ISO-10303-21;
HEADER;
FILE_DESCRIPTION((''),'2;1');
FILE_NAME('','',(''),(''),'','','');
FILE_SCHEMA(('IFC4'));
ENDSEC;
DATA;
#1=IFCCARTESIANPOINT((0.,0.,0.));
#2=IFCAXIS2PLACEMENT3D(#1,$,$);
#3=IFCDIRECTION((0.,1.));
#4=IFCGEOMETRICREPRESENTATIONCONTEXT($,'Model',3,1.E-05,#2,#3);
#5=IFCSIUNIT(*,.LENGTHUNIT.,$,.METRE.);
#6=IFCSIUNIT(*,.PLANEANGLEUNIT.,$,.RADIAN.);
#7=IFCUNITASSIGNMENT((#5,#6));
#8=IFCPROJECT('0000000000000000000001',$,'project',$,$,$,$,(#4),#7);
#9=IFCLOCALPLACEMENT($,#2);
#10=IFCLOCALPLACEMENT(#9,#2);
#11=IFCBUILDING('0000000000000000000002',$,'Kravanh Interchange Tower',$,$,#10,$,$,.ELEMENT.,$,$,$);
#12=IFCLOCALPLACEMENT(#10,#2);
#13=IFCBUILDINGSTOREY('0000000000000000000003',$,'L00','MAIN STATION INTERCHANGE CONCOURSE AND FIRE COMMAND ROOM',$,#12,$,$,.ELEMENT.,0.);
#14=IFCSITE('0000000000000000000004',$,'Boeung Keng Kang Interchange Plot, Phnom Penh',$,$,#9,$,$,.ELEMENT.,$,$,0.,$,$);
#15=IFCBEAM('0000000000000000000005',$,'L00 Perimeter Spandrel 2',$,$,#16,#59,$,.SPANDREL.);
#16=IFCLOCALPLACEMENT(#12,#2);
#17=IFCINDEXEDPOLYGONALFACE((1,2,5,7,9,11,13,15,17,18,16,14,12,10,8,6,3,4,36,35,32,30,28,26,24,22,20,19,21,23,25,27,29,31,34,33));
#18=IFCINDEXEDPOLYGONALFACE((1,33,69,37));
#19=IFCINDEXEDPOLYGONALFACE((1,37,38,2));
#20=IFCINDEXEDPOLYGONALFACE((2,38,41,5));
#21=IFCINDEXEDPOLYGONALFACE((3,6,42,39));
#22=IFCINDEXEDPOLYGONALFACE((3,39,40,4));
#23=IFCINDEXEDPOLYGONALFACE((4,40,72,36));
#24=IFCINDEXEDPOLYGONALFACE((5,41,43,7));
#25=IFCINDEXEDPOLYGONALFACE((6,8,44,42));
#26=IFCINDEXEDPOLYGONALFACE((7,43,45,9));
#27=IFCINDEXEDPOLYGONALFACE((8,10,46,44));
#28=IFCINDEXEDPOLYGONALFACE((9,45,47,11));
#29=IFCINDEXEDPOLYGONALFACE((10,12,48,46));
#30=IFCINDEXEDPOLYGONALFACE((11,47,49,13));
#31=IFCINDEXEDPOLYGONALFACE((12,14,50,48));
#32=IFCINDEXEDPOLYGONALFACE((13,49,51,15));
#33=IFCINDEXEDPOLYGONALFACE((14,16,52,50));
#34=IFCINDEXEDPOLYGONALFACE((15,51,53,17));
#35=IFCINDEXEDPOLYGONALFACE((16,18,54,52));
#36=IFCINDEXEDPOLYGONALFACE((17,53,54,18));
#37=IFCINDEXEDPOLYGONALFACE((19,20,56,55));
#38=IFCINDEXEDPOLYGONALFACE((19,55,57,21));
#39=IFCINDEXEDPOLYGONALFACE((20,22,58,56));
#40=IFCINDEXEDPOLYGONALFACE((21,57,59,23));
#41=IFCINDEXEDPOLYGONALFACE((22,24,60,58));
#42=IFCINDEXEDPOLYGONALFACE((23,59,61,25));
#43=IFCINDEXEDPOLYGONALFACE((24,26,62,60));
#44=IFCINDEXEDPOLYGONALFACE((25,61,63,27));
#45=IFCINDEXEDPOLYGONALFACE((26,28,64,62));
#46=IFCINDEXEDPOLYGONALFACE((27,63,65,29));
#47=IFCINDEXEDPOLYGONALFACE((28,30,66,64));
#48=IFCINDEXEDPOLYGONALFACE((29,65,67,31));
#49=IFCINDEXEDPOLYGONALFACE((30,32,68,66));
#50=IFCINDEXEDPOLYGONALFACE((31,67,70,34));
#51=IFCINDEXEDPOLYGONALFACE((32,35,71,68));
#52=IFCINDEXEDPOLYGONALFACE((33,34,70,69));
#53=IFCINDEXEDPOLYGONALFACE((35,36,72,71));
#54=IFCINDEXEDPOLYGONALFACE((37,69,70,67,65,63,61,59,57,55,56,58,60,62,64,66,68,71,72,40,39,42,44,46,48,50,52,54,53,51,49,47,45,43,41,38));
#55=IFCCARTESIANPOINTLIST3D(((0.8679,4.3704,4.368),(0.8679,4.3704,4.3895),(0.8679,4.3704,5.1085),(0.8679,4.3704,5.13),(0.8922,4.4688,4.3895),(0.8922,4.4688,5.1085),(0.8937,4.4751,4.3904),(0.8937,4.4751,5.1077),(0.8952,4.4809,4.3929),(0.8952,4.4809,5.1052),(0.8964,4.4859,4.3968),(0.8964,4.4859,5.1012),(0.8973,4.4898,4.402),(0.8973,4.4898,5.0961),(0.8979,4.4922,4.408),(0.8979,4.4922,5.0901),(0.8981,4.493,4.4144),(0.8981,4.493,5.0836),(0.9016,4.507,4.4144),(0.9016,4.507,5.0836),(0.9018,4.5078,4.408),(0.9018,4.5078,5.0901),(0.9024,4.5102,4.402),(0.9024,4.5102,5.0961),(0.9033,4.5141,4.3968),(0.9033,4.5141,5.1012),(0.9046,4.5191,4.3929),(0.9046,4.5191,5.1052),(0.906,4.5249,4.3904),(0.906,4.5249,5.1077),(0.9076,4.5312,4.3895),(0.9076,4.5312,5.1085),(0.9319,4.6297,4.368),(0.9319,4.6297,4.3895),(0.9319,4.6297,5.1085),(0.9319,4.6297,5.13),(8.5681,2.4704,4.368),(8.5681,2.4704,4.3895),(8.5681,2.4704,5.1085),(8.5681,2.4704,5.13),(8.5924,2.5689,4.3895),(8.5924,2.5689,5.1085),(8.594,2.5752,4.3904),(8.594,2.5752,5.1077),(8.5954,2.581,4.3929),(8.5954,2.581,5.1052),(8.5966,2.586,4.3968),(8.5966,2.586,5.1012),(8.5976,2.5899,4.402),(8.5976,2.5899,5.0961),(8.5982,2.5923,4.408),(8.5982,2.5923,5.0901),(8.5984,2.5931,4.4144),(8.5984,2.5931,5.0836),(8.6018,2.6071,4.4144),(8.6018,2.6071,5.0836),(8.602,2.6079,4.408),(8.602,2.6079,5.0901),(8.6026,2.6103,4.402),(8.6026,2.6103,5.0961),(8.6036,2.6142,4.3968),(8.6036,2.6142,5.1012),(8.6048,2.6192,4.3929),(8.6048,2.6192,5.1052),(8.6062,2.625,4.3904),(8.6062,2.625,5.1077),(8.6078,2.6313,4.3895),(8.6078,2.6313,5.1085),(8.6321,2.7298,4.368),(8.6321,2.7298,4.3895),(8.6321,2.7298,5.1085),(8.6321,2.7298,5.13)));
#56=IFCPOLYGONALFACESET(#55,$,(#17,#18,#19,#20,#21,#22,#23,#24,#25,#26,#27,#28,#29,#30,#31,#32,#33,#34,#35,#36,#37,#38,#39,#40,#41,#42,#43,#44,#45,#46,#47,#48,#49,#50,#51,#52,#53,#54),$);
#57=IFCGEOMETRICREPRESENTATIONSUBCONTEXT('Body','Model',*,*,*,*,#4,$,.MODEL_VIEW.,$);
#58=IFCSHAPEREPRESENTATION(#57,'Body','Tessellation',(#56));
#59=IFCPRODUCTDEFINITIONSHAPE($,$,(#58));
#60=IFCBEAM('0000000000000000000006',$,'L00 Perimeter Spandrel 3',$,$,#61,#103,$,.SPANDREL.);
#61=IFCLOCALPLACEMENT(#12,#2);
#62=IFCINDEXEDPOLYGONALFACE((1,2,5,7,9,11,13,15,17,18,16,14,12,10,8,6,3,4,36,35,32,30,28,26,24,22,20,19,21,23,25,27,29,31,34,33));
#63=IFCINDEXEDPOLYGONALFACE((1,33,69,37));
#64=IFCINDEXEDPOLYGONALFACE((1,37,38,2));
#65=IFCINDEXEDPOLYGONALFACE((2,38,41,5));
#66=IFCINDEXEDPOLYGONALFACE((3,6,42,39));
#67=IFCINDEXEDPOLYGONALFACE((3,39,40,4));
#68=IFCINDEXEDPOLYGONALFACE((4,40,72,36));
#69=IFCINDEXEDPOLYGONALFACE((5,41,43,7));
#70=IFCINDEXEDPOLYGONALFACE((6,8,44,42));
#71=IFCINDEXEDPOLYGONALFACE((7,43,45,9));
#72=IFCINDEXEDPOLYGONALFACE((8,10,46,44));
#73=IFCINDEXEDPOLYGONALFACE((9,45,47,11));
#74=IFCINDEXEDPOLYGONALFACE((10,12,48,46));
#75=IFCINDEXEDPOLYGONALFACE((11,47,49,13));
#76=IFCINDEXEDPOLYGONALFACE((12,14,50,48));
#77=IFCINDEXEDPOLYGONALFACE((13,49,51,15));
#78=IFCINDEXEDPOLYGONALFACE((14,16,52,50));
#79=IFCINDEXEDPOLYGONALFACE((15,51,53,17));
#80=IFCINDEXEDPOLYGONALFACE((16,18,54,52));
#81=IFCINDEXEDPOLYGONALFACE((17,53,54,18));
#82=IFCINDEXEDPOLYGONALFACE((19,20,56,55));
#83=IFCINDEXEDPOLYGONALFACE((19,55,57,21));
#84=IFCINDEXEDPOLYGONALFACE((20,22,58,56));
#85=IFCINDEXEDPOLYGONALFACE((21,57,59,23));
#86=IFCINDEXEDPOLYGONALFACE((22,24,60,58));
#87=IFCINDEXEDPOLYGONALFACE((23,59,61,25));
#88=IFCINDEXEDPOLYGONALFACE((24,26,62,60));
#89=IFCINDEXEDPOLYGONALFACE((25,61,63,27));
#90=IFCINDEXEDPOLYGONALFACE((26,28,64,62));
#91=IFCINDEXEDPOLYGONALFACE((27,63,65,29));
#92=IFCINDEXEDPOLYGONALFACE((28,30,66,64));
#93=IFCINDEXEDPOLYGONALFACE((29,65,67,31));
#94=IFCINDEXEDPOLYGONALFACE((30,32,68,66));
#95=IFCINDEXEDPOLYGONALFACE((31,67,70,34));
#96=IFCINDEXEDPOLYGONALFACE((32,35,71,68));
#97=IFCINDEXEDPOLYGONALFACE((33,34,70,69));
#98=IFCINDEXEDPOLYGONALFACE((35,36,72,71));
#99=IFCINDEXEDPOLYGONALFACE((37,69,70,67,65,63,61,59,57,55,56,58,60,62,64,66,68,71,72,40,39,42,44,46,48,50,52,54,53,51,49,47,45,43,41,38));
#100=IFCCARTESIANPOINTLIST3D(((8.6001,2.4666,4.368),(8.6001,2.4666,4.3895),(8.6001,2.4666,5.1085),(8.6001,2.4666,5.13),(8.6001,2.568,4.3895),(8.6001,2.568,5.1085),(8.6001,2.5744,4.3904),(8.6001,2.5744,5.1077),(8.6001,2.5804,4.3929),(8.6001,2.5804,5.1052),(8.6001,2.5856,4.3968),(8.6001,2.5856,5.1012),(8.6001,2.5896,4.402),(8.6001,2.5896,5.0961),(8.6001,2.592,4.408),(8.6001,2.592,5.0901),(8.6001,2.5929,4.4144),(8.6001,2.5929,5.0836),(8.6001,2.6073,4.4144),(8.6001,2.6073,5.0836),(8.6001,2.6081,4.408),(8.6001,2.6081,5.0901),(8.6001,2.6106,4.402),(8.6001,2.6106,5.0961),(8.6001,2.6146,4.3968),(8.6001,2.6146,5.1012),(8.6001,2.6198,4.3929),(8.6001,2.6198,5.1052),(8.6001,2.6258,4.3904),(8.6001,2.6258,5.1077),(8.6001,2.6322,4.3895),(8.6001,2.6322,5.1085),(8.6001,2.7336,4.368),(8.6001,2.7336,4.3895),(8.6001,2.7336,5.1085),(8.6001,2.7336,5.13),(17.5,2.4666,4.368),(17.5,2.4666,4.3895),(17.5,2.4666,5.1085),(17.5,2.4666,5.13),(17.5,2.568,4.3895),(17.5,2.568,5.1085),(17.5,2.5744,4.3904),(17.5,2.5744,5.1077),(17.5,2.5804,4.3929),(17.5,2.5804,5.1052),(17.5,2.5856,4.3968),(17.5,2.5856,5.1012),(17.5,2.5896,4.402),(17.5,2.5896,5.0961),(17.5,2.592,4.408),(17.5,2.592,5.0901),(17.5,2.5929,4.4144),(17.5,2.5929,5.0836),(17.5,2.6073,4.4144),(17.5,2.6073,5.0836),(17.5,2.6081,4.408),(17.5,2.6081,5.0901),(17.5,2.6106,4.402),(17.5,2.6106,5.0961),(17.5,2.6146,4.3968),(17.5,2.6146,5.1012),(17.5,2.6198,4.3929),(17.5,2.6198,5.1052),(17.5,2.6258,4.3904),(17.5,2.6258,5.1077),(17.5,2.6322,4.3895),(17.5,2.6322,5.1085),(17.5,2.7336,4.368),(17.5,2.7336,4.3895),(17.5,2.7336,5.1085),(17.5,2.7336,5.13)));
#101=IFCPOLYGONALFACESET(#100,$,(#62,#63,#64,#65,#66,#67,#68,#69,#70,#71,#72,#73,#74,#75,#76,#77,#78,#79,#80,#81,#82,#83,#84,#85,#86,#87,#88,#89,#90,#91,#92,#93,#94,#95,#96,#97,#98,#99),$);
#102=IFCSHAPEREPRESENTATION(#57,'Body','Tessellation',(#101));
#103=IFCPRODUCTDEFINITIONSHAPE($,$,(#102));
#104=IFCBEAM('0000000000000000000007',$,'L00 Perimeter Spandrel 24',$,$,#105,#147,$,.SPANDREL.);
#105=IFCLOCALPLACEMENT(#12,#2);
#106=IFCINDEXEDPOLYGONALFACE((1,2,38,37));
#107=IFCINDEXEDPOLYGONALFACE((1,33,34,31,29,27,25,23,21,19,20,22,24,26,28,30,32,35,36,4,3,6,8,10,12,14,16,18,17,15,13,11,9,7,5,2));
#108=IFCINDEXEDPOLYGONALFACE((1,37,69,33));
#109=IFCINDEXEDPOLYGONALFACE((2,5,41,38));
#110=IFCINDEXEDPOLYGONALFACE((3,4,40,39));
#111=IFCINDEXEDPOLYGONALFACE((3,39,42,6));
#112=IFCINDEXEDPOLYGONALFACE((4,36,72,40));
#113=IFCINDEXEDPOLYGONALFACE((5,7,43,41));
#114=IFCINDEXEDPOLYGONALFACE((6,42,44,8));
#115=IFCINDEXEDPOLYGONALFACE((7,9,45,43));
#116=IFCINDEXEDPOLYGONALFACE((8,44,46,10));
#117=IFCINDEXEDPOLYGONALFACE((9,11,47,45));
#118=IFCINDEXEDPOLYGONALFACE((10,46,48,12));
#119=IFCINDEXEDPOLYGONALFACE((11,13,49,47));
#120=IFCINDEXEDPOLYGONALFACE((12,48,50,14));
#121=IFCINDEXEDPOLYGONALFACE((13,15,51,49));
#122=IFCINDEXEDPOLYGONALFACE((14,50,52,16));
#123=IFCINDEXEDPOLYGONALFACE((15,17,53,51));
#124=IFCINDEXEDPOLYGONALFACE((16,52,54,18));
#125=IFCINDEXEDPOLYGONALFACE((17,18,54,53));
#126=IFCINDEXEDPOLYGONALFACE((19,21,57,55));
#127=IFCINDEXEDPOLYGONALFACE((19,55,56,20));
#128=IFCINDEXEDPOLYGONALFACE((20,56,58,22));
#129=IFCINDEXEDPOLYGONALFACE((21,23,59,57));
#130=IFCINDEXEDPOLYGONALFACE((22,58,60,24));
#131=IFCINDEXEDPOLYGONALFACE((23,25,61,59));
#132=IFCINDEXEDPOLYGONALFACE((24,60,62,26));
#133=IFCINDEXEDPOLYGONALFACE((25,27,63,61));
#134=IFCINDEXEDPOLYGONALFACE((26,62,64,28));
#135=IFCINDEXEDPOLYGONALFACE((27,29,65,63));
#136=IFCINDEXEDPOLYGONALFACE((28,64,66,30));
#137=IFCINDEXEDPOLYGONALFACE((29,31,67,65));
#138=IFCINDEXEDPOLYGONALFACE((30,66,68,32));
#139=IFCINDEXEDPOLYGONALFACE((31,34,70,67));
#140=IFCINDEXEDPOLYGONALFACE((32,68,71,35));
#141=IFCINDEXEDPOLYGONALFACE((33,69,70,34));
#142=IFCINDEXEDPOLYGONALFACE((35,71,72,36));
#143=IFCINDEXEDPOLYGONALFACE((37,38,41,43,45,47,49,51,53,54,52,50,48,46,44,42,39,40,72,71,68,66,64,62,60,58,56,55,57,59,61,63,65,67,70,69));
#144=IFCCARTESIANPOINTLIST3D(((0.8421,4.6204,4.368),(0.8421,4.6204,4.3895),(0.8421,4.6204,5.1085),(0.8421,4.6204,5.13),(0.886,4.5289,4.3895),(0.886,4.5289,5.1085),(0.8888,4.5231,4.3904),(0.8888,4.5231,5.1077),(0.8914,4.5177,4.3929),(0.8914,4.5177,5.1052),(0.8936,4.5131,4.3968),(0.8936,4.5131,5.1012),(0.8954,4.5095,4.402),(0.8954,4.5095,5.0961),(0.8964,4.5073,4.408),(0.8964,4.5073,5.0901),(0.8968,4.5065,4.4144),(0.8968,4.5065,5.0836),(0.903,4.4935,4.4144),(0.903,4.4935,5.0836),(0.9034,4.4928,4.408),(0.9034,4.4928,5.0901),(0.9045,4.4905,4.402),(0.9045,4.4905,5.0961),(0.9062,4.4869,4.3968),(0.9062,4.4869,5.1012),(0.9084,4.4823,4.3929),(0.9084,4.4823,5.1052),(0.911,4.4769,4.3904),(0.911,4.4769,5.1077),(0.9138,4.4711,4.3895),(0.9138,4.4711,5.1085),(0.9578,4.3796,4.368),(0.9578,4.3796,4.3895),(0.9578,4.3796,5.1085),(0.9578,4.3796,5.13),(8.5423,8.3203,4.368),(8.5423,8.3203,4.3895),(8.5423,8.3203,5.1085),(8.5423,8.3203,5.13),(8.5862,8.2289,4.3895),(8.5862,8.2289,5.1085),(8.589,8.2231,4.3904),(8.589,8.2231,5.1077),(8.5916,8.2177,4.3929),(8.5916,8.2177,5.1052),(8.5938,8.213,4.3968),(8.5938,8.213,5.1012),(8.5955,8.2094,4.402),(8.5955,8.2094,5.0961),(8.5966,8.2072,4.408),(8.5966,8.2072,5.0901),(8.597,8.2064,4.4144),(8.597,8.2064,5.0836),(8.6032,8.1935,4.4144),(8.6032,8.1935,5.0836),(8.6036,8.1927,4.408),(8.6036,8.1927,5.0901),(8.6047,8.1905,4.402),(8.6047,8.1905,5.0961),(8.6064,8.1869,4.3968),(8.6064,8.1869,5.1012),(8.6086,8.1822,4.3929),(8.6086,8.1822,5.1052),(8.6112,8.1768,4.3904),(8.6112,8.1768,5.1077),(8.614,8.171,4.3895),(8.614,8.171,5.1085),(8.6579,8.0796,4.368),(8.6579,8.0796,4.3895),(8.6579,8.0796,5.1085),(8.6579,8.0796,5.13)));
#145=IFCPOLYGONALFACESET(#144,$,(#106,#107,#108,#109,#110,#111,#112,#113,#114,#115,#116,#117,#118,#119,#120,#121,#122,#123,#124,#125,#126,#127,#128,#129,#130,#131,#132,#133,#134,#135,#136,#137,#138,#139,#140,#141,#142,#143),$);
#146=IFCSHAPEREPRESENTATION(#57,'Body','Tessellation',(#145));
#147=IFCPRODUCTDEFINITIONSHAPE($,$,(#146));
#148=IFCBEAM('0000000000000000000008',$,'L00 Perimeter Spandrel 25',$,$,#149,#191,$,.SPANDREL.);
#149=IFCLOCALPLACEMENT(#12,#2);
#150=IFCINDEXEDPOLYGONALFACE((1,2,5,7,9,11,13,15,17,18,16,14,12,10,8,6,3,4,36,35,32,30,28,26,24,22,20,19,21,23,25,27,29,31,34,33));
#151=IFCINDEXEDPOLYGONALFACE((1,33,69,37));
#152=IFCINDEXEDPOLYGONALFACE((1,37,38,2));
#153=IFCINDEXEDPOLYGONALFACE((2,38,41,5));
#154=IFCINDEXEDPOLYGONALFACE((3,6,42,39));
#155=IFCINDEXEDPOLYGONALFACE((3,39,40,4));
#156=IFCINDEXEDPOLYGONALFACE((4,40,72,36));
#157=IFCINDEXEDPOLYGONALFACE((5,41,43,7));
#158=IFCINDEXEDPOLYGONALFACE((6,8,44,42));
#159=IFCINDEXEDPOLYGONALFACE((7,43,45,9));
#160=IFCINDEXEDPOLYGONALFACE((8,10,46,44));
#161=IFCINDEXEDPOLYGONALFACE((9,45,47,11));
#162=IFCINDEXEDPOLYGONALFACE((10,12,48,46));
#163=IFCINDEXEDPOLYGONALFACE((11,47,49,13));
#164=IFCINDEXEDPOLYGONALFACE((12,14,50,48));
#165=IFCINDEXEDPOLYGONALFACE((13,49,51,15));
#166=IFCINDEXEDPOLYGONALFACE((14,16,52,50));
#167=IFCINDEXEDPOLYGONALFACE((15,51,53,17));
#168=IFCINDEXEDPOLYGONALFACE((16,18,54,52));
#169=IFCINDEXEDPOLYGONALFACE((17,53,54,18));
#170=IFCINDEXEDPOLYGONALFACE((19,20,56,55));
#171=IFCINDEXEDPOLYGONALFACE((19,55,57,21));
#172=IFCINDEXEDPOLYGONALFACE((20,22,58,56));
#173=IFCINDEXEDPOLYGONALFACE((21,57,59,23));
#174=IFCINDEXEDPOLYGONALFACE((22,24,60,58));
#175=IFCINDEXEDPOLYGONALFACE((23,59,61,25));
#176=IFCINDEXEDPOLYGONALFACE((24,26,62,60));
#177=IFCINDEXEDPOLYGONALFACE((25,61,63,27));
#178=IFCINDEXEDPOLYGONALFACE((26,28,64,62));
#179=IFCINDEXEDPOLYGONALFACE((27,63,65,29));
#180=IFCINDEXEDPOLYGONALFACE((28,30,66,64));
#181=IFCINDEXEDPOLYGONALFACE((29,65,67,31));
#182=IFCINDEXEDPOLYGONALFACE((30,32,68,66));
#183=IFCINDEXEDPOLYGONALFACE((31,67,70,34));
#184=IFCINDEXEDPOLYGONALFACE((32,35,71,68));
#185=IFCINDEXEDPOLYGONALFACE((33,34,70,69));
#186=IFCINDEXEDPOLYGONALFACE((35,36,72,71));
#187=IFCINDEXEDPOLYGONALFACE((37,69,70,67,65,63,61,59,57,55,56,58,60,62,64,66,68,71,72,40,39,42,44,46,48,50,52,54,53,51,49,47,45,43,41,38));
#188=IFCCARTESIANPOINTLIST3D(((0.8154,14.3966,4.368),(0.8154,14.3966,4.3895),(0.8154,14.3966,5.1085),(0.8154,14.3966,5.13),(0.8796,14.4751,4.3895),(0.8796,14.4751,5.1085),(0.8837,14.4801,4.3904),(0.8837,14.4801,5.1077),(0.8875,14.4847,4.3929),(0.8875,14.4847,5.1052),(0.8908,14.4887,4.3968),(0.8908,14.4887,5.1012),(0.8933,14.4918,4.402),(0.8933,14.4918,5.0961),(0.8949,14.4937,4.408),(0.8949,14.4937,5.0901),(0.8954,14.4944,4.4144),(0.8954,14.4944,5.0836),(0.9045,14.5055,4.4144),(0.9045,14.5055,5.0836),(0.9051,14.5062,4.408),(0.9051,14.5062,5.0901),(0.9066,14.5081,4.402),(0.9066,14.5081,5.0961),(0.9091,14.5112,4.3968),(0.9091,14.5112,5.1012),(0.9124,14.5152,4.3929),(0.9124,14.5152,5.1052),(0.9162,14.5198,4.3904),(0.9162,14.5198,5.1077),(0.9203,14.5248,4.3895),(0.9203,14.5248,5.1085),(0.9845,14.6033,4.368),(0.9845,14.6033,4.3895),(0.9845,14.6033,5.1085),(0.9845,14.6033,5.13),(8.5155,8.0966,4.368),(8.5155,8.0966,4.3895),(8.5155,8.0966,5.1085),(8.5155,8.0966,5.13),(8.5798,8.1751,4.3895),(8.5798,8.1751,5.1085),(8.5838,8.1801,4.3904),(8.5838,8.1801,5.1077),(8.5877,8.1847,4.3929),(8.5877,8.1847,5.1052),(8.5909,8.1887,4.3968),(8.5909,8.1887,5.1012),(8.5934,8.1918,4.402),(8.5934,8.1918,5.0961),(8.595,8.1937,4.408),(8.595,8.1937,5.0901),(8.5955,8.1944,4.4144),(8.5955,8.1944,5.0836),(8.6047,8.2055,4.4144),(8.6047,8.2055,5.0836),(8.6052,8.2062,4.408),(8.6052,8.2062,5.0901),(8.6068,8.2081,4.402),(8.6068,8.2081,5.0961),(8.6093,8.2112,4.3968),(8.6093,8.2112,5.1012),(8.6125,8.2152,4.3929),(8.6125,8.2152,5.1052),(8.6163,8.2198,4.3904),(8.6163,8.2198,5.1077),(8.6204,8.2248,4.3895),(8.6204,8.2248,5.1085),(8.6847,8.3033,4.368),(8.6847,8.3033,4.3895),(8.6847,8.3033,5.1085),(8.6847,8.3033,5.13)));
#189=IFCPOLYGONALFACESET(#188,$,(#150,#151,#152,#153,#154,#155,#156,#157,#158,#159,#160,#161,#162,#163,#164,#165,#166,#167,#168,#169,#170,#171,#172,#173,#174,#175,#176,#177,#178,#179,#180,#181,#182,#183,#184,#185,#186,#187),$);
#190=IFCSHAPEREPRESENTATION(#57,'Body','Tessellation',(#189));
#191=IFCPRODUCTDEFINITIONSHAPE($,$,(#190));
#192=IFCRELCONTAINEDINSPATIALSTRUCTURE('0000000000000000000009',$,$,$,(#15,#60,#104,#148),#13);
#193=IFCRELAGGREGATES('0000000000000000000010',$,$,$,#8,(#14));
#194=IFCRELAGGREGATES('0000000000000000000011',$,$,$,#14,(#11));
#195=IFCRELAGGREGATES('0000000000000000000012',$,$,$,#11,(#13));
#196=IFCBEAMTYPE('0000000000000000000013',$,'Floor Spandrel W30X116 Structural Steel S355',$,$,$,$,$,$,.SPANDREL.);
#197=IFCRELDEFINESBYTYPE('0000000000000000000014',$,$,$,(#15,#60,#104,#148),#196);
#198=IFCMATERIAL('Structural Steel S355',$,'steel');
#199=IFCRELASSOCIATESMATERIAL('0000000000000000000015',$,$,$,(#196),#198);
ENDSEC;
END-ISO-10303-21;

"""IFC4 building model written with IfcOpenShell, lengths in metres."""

from ifc_helpers import new_model, si_unit, direction, frame, origin, origin_2d, place, context, subcontext, project, spatial, i_section, extrude, material, material_profile, profile_set, type_object, element, save


model = new_model("IFC4")

# Units and contexts
model_context = context("Model", 3, precision=1e-05, world=origin(), true_north=direction((0.0, 1.0)))
body_context = subcontext(model_context, "Body", "Model", "MODEL_VIEW")
ifc_project = project(units=[si_unit("LENGTHUNIT", "METRE"), si_unit("PLANEANGLEUNIT", "RADIAN")], contexts=[model_context])

# Site, building, storey
site_placement = place(None, origin())
site = spatial("IfcSite", under=ifc_project, at=site_placement, Name="Boeung Keng Kang Interchange Plot, Phnom Penh", CompositionType="ELEMENT", RefElevation=0.0)
building_placement = place(site_placement, origin())
building = spatial("IfcBuilding", under=site, at=building_placement, Name="Kravanh Interchange Tower", CompositionType="ELEMENT")
storey_placement = place(building_placement, origin())
storey = spatial("IfcBuildingStorey", under=building, at=storey_placement, Name="L00", Description="MAIN STATION INTERCHANGE CONCOURSE AND FIRE COMMAND ROOM", CompositionType="ELEMENT", Elevation=0.0)

# Beams
ifc_material_1 = material(Name="Structural Steel S355", Category="steel")
ifc_material_profile_1 = material_profile(ifc_material_1, i_section(OverallWidth=0.2671, OverallDepth=0.762, WebThickness=0.0144, FlangeThickness=0.0215, FilletRadius=0.0249, at=origin_2d()), Name="W30X116")
ifc_profile_set_1 = profile_set([ifc_material_profile_1], Name="Structural Steel S355")
beam_type_1 = type_object("IfcBeamType", Name="Floor Spandrel W30X116 Structural Steel S355", PredefinedType="SPANDREL", material=ifc_profile_set_1)
beam_1_placement = place(storey_placement, frame((8.6001, 2.6001, 4.749), z_axis=(-0.970884, 0.23955, 0.0), x_axis=(-0.23955, -0.970884, 0.0)))
element("IfcBeam", 1, at=beam_1_placement, inside=storey, type_object=beam_type_1, Name="L00 Perimeter Spandrel 2", PredefinedType="SPANDREL", context=body_context, shape_type="SweptSolid", body=[
    extrude(i_section(OverallWidth=0.2671, OverallDepth=0.762, WebThickness=0.0144, FlangeThickness=0.0215, FilletRadius=0.0249, at=origin_2d()), origin(), (0.0, 0.0, 1.0), 7.9312),
])
beam_2_placement = place(storey_placement, frame((8.6001, 2.6001, 4.749), z_axis=(1.0, 0.0, 0.0), x_axis=(0.0, 1.0, 0.0)))
element("IfcBeam", 2, at=beam_2_placement, inside=storey, type_object=beam_type_1, Name="L00 Perimeter Spandrel 3", PredefinedType="SPANDREL", context=body_context, shape_type="SweptSolid", body=[
    extrude(i_section(OverallWidth=0.2671, OverallDepth=0.762, WebThickness=0.0144, FlangeThickness=0.0215, FilletRadius=0.0249, at=origin_2d()), origin(), (0.0, 0.0, 1.0), 8.8999),
])
beam_3_placement = place(storey_placement, frame((8.6001, 8.2, 4.749), z_axis=(-0.901347, -0.433098, 0.0), x_axis=(0.433098, -0.901347, 0.0)))
element("IfcBeam", 3, at=beam_3_placement, inside=storey, type_object=beam_type_1, Name="L00 Perimeter Spandrel 24", PredefinedType="SPANDREL", context=body_context, shape_type="SweptSolid", body=[
    extrude(i_section(OverallWidth=0.2671, OverallDepth=0.762, WebThickness=0.0144, FlangeThickness=0.0215, FilletRadius=0.0249, at=origin_2d()), origin(), (0.0, 0.0, 1.0), 8.543),
])
beam_4_placement = place(storey_placement, frame((8.6001, 8.2, 4.749), z_axis=(-0.773963, 0.633231, 0.0), x_axis=(-0.633231, -0.773963, 0.0)))
element("IfcBeam", 4, at=beam_4_placement, inside=storey, type_object=beam_type_1, Name="L00 Perimeter Spandrel 25", PredefinedType="SPANDREL", context=body_context, shape_type="SweptSolid", body=[
    extrude(i_section(OverallWidth=0.2671, OverallDepth=0.762, WebThickness=0.0144, FlangeThickness=0.0215, FilletRadius=0.0249, at=origin_2d()), origin(), (0.0, 0.0, 1.0), 9.949),
])

save(model, "model.ifc")
